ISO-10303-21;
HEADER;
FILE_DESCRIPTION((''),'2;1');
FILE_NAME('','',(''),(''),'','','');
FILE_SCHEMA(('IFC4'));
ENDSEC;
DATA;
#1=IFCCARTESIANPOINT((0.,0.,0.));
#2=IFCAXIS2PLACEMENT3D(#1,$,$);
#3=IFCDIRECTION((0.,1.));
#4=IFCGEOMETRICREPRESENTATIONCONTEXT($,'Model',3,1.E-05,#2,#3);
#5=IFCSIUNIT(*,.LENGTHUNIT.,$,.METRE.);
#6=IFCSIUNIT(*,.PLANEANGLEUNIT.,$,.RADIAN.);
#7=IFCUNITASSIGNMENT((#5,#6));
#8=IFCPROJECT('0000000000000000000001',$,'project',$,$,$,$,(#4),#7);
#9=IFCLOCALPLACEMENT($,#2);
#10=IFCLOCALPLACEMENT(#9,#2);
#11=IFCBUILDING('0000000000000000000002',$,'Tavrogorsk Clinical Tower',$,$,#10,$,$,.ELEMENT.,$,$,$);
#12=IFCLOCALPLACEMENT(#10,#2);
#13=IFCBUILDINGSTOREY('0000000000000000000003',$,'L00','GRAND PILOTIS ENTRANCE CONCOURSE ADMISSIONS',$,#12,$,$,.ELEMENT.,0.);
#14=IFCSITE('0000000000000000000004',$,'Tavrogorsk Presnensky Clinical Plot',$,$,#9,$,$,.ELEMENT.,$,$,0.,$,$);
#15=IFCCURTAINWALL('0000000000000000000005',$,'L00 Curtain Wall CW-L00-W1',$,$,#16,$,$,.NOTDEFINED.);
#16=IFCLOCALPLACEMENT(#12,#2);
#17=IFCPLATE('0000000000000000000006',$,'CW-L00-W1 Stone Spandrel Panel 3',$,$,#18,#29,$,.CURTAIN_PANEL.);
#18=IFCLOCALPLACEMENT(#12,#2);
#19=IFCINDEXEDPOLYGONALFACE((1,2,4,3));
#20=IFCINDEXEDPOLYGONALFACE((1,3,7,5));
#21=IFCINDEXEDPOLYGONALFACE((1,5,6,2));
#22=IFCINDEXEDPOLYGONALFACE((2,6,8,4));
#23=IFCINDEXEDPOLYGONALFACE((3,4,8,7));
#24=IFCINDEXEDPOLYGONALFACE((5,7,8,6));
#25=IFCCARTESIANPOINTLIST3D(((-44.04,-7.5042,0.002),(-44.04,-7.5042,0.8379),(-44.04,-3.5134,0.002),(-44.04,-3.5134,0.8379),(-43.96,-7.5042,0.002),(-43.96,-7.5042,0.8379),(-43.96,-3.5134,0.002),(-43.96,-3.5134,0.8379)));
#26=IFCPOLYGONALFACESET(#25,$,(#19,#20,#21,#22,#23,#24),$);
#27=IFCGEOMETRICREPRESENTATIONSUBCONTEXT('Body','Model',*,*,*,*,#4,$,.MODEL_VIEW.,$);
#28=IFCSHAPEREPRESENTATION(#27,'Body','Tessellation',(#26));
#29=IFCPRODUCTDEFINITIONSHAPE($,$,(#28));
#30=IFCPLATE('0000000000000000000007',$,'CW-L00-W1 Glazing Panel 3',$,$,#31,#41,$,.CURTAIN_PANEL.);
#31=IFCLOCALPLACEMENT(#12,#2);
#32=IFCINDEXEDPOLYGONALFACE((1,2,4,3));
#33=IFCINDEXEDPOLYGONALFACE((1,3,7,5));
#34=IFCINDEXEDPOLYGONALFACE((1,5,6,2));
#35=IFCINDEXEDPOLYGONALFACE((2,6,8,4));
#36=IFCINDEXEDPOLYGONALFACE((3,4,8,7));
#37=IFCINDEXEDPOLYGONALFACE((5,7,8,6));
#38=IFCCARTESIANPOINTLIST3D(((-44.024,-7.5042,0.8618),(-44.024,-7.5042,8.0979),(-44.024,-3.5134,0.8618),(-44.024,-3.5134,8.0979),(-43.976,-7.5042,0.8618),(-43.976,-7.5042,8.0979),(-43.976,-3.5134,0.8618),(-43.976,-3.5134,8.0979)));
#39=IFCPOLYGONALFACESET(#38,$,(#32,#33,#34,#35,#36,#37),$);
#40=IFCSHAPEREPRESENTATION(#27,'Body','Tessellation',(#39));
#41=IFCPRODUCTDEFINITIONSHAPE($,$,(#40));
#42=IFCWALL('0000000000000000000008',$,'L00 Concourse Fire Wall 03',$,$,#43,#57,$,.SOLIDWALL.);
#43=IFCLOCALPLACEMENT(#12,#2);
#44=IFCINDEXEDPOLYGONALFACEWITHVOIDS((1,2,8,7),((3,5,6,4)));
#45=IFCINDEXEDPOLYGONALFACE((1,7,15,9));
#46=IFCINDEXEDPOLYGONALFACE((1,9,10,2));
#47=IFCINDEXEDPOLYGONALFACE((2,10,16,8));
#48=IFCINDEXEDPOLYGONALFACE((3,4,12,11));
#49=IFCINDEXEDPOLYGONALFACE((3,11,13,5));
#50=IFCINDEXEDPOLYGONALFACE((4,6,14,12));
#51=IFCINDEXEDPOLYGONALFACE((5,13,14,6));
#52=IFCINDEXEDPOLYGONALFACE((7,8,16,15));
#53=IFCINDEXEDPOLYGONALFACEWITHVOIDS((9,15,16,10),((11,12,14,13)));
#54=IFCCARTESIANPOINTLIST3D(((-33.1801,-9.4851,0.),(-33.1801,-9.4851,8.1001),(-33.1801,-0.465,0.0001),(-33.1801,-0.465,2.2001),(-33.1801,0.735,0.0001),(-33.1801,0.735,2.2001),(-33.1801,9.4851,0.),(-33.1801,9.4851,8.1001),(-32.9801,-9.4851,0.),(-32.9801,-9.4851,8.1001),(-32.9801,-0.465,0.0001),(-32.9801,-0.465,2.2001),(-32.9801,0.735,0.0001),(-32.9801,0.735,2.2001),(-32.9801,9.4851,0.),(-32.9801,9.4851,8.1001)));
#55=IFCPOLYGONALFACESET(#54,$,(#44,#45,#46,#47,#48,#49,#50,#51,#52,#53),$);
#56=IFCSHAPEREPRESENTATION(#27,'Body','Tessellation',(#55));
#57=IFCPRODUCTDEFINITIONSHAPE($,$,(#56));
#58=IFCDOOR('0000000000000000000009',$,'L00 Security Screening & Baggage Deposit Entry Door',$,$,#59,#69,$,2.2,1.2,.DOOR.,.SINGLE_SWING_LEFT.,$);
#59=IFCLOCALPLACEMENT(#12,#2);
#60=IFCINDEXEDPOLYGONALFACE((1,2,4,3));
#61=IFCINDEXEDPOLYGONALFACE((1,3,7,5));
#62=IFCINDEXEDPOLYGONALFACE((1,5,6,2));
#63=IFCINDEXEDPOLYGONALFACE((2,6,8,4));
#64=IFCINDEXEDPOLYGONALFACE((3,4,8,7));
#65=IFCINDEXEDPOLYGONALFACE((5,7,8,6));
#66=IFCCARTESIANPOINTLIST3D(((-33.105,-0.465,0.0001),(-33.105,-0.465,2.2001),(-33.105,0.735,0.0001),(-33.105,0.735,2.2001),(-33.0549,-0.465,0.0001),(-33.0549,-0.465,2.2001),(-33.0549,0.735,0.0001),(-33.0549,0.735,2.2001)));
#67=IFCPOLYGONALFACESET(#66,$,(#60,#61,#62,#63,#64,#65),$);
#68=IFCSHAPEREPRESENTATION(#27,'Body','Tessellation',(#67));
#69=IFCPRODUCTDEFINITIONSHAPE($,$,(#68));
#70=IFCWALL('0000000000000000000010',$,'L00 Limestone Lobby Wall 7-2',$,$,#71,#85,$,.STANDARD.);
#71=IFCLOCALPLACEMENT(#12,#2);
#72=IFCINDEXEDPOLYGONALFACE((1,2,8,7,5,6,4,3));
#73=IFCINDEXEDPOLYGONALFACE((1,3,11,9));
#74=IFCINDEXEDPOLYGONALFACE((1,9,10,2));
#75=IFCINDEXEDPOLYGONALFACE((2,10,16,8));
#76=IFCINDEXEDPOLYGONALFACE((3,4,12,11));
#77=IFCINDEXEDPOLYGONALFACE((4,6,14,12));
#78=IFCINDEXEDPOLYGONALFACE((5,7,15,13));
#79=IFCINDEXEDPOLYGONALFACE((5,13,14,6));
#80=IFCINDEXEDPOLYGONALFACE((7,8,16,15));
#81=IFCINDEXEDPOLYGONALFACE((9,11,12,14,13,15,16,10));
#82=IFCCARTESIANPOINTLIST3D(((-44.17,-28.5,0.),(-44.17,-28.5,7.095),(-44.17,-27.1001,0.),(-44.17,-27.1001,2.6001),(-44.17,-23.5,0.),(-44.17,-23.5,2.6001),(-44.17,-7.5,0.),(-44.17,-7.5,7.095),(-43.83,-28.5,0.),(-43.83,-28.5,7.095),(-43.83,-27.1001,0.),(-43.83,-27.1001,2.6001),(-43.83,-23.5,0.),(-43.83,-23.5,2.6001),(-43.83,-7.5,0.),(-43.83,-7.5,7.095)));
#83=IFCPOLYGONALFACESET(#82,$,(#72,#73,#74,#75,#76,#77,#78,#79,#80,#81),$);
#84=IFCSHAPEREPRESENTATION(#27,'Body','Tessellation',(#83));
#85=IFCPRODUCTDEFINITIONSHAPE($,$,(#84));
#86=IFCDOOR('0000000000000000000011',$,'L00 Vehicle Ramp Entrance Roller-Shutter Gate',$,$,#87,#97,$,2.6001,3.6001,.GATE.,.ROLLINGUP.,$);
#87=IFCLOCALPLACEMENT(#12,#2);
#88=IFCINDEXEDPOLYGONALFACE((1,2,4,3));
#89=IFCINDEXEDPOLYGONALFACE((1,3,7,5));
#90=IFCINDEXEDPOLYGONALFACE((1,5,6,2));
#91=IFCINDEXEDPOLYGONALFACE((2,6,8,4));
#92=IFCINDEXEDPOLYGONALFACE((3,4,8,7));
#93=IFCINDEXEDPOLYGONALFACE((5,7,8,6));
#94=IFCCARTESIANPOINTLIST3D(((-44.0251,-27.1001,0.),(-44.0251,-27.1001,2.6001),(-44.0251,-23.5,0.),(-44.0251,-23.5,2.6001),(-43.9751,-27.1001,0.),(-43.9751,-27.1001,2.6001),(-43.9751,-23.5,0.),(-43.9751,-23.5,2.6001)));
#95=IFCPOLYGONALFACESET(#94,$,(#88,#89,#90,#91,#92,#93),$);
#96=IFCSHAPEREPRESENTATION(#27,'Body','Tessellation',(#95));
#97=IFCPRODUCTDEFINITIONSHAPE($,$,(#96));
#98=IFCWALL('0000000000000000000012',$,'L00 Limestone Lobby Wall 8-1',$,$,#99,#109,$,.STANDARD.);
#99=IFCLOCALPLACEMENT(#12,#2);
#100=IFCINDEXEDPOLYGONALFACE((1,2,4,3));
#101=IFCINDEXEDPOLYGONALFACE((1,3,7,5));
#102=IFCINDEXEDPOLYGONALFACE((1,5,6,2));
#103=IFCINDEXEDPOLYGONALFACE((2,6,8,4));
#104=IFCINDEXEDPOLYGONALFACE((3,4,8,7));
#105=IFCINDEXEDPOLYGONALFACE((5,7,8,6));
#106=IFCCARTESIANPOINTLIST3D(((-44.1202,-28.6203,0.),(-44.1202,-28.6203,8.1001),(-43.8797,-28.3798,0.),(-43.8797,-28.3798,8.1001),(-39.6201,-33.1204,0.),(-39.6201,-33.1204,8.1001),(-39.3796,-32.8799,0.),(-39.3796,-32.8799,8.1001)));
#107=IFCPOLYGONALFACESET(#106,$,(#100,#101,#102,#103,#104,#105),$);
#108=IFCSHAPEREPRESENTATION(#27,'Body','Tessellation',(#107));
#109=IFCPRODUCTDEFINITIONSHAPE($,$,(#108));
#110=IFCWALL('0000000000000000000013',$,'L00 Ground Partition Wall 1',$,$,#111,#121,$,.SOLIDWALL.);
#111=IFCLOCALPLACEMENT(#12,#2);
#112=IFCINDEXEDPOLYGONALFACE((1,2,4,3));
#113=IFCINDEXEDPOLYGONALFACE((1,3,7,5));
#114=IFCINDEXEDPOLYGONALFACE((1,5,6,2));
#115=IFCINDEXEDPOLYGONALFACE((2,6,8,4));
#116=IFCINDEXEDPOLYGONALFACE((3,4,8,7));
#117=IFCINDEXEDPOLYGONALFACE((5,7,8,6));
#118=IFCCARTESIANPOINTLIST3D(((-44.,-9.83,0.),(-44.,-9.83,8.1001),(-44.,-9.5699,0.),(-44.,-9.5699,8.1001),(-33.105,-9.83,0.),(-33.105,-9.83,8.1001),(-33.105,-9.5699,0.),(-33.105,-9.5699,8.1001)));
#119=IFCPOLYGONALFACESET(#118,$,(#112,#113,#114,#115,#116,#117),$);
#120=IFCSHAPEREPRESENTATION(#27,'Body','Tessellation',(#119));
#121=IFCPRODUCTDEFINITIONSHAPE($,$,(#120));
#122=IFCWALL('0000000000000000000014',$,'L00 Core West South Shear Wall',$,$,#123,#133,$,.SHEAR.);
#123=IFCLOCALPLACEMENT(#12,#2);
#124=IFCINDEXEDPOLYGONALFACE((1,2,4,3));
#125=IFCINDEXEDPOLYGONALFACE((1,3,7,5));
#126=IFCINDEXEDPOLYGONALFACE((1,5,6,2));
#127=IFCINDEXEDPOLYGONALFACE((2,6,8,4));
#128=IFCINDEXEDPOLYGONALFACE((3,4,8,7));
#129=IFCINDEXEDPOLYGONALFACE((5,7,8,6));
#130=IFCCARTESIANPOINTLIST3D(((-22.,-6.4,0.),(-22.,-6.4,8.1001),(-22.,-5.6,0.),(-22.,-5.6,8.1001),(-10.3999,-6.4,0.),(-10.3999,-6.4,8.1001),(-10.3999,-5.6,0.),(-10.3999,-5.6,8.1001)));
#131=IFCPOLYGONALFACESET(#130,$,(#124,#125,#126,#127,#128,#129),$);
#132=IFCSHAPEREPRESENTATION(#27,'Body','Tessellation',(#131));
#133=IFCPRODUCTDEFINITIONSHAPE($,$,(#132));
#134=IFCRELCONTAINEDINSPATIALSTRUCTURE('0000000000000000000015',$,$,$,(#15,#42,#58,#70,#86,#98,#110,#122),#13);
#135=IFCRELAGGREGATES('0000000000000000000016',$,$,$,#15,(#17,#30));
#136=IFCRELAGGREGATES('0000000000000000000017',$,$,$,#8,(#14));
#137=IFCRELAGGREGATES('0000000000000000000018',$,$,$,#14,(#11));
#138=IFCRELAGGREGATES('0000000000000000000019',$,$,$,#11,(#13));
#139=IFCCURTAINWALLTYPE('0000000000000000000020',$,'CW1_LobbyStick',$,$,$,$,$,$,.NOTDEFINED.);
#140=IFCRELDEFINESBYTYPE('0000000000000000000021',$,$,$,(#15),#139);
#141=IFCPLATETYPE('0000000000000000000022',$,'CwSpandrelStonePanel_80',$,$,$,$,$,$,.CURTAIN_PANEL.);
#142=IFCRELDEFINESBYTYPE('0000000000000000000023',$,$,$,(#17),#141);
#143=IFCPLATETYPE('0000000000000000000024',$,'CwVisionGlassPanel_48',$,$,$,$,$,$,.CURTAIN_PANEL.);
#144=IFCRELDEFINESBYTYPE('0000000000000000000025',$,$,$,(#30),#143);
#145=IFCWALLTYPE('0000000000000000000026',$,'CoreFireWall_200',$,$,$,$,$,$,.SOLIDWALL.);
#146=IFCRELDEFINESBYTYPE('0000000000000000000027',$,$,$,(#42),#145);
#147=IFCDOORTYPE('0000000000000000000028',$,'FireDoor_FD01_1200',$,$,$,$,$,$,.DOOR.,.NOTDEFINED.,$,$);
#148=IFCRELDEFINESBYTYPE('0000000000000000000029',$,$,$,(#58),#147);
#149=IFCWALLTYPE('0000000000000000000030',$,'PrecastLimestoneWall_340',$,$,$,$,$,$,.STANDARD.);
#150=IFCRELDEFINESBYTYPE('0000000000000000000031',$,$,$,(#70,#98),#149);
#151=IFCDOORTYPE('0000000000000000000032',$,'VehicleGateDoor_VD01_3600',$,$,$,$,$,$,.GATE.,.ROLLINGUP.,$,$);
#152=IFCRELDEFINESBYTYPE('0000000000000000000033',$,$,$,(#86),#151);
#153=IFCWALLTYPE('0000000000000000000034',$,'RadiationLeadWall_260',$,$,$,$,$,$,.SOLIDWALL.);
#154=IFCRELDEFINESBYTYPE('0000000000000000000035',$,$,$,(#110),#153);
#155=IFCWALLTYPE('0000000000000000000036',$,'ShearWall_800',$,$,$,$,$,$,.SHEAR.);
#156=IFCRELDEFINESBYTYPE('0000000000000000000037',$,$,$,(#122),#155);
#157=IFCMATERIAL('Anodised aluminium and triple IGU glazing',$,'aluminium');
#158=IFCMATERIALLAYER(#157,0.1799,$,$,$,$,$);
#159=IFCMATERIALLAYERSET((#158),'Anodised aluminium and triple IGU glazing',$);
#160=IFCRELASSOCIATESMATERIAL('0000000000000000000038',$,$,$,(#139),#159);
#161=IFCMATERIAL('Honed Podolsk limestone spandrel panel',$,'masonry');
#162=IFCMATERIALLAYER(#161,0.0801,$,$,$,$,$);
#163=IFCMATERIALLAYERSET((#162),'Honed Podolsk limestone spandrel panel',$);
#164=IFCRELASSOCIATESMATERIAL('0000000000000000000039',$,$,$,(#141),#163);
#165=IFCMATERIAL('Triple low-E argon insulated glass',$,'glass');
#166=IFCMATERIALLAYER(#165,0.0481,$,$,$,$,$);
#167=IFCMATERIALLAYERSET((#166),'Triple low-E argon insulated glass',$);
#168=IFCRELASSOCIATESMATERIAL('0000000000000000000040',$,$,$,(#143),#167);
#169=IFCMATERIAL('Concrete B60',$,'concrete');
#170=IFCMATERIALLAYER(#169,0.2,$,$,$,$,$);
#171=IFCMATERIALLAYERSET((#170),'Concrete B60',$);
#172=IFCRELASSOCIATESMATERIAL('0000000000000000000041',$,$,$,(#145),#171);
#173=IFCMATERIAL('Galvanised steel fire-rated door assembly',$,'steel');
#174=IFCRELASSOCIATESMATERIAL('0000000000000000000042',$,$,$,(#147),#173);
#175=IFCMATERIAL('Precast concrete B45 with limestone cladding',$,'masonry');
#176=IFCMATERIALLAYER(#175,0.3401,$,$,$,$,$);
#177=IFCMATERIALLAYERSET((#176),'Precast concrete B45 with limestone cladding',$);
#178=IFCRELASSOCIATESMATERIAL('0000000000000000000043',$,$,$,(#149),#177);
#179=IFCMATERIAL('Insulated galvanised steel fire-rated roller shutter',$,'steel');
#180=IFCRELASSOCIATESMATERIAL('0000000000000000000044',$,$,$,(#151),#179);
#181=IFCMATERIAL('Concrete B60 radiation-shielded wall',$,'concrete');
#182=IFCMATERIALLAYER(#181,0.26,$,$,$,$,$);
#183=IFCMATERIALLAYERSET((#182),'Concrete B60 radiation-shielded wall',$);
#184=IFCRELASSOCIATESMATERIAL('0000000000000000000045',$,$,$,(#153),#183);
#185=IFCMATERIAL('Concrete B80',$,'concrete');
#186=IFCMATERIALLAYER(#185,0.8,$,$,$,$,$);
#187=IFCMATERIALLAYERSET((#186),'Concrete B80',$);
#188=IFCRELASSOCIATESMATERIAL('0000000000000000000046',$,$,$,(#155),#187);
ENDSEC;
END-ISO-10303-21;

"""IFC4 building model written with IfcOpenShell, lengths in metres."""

from ifc_helpers import new_model, si_unit, direction, frame, frame_2d, origin, origin_2d, place, context, subcontext, project, spatial, rectangle, extrude, material, layer, layer_set, type_object, element, fill, aggregate, save


model = new_model("IFC4")

# Units and contexts
model_context = context("Model", 3, precision=1e-05, world=origin(), true_north=direction((0.0, 1.0)))
body_context = subcontext(model_context, "Body", "Model", "MODEL_VIEW")
ifc_project = project(units=[si_unit("LENGTHUNIT", "METRE"), si_unit("PLANEANGLEUNIT", "RADIAN")], contexts=[model_context])

# Site, building, storey
site_placement = place(None, origin())
site = spatial("IfcSite", under=ifc_project, at=site_placement, Name="Tavrogorsk Presnensky Clinical Plot", CompositionType="ELEMENT", RefElevation=0.0)
building_placement = place(site_placement, origin())
building = spatial("IfcBuilding", under=site, at=building_placement, Name="Tavrogorsk Clinical Tower", CompositionType="ELEMENT")
storey_placement = place(building_placement, origin())
storey = spatial("IfcBuildingStorey", under=building, at=storey_placement, Name="L00", Description="GRAND PILOTIS ENTRANCE CONCOURSE ADMISSIONS", CompositionType="ELEMENT", Elevation=0.0)

# Curtain wall
ifc_material_1 = material(Name="Anodised aluminium and triple IGU glazing", Category="aluminium")
ifc_layer_1 = layer(ifc_material_1, 0.1799)
ifc_layer_set_1 = layer_set([ifc_layer_1], Name="Anodised aluminium and triple IGU glazing")
curtain_wall_type = type_object("IfcCurtainWallType", Name="CW1_LobbyStick", PredefinedType="NOTDEFINED", material=ifc_layer_set_1)
curtain_wall_placement = place(storey_placement, origin())
curtain_wall = element("IfcCurtainWall", 1, at=curtain_wall_placement, inside=storey, type_object=curtain_wall_type, Name="L00 Curtain Wall CW-L00-W1", PredefinedType="NOTDEFINED")

# Plates
ifc_material_2 = material(Name="Honed Podolsk limestone spandrel panel", Category="masonry")
ifc_layer_2 = layer(ifc_material_2, 0.0801)
ifc_layer_set_2 = layer_set([ifc_layer_2], Name="Honed Podolsk limestone spandrel panel")
plate_type_1 = type_object("IfcPlateType", Name="CwSpandrelStonePanel_80", PredefinedType="CURTAIN_PANEL", material=ifc_layer_set_2)
plate_1_placement = place(storey_placement, frame((-44.0, -5.5088, 0.002), z_axis=(0.0, 0.0, 1.0), x_axis=(0.0, -1.0, 0.0)))
plate_1 = element("IfcPlate", 2, at=plate_1_placement, type_object=plate_type_1, Name="CW-L00-W1 Stone Spandrel Panel 3", PredefinedType="CURTAIN_PANEL", context=body_context, shape_type="SweptSolid", body=[
    extrude(rectangle(XDim=3.9907, YDim=0.0801, at=origin_2d()), origin(), (0.0, 0.0, 1.0), 0.8359),
])
ifc_material_3 = material(Name="Triple low-E argon insulated glass", Category="glass")
ifc_layer_3 = layer(ifc_material_3, 0.0481)
ifc_layer_set_3 = layer_set([ifc_layer_3], Name="Triple low-E argon insulated glass")
plate_type_2 = type_object("IfcPlateType", Name="CwVisionGlassPanel_48", PredefinedType="CURTAIN_PANEL", material=ifc_layer_set_3)
plate_2_placement = place(storey_placement, frame((-44.0, -5.5088, 0.8618), z_axis=(0.0, 0.0, 1.0), x_axis=(0.0, -1.0, 0.0)))
plate_2 = element("IfcPlate", 3, at=plate_2_placement, type_object=plate_type_2, Name="CW-L00-W1 Glazing Panel 3", PredefinedType="CURTAIN_PANEL", context=body_context, shape_type="SweptSolid", body=[
    extrude(rectangle(XDim=3.9907, YDim=0.0481, at=origin_2d()), origin(), (0.0, 0.0, 1.0), 7.2361),
])
aggregate(curtain_wall, [plate_1, plate_2])

# Walls, openings, doors
ifc_material_4 = material(Name="Concrete B60", Category="concrete")
ifc_layer_4 = layer(ifc_material_4, 0.2)
ifc_layer_set_4 = layer_set([ifc_layer_4], Name="Concrete B60")
wall_type_1 = type_object("IfcWallType", Name="CoreFireWall_200", PredefinedType="SOLIDWALL", material=ifc_layer_set_4)
wall_1_placement = place(storey_placement, frame((-33.0801, -9.4851, 0.0), z_axis=(0.0, 0.0, 1.0), x_axis=(0.0, 1.0, 0.0)))
wall_1 = element("IfcWall", 4, at=wall_1_placement, inside=storey, type_object=wall_type_1, Name="L00 Concourse Fire Wall 03", PredefinedType="SOLIDWALL", context=body_context, shape_type="SweptSolid", body=[
    extrude(rectangle(XDim=18.9702, YDim=0.2, at=frame_2d((9.4851, 0.0))), origin(), (0.0, 0.0, 1.0), 8.1001),
])
opening_1_placement = place(wall_1_placement, frame((9.02, 0.0, 0.0)))
opening_1 = element("IfcOpeningElement", 5, at=opening_1_placement, cuts=wall_1, PredefinedType="OPENING", context=body_context, shape_type="SweptSolid", body=[
    extrude(rectangle(XDim=1.2, YDim=2.2, at=frame_2d((0.6001, 1.1001))), frame((0.0, 0.1099, 0.0), z_axis=(0.0, -1.0, 0.0), x_axis=(1.0, 0.0, 0.0)), (0.0, 0.0, 1.0), 0.22),
])
ifc_material_5 = material(Name="Galvanised steel fire-rated door assembly", Category="steel")
door_type_1 = type_object("IfcDoorType", Name="FireDoor_FD01_1200", OperationType="NOTDEFINED", PredefinedType="DOOR", material=ifc_material_5)
door_1_placement = place(opening_1_placement, origin())
door_1 = element("IfcDoor", 6, at=door_1_placement, inside=storey, type_object=door_type_1, Name="L00 Security Screening & Baggage Deposit Entry Door", OperationType="SINGLE_SWING_LEFT", OverallHeight=2.2, OverallWidth=1.2, PredefinedType="DOOR", context=body_context, shape_type="SweptSolid", body=[
    extrude(rectangle(XDim=1.2, YDim=2.2, at=frame_2d((0.6001, 1.1001))), frame((0.0, 0.0249, 0.0), z_axis=(0.0, -1.0, 0.0), x_axis=(1.0, 0.0, 0.0)), (0.0, 0.0, 1.0), 0.05),
])
fill(opening_1, door_1)
ifc_material_6 = material(Name="Precast concrete B45 with limestone cladding", Category="masonry")
ifc_layer_5 = layer(ifc_material_6, 0.3401)
ifc_layer_set_5 = layer_set([ifc_layer_5], Name="Precast concrete B45 with limestone cladding")
wall_type_2 = type_object("IfcWallType", Name="PrecastLimestoneWall_340", PredefinedType="STANDARD", material=ifc_layer_set_5)
wall_2_placement = place(storey_placement, frame((-44.0, -7.5, 0.0), z_axis=(0.0, 0.0, 1.0), x_axis=(0.0, -1.0, 0.0)))
wall_2 = element("IfcWall", 7, at=wall_2_placement, inside=storey, type_object=wall_type_2, Name="L00 Limestone Lobby Wall 7-2", PredefinedType="STANDARD", context=body_context, shape_type="SweptSolid", body=[
    extrude(rectangle(XDim=21.0, YDim=0.3401, at=frame_2d((10.5, 0.0))), origin(), (0.0, 0.0, 1.0), 7.095),
])
opening_2_placement = place(wall_2_placement, frame((16.0, 0.0, 0.0)))
opening_2 = element("IfcOpeningElement", 8, at=opening_2_placement, cuts=wall_2, PredefinedType="OPENING", context=body_context, shape_type="SweptSolid", body=[
    extrude(rectangle(XDim=3.6001, YDim=2.6001, at=frame_2d((1.8, 1.3))), frame((0.0, 0.1799, 0.0), z_axis=(0.0, -1.0, 0.0), x_axis=(1.0, 0.0, 0.0)), (0.0, 0.0, 1.0), 0.3601),
])
ifc_material_7 = material(Name="Insulated galvanised steel fire-rated roller shutter", Category="steel")
door_type_2 = type_object("IfcDoorType", Name="VehicleGateDoor_VD01_3600", OperationType="ROLLINGUP", PredefinedType="GATE", material=ifc_material_7)
door_2_placement = place(opening_2_placement, origin())
door_2 = element("IfcDoor", 9, at=door_2_placement, inside=storey, type_object=door_type_2, Name="L00 Vehicle Ramp Entrance Roller-Shutter Gate", OperationType="ROLLINGUP", OverallHeight=2.6001, OverallWidth=3.6001, PredefinedType="GATE", context=body_context, shape_type="SweptSolid", body=[
    extrude(rectangle(XDim=3.6001, YDim=2.6001, at=frame_2d((1.8, 1.3))), frame((0.0, 0.0249, 0.0), z_axis=(0.0, -1.0, 0.0), x_axis=(1.0, 0.0, 0.0)), (0.0, 0.0, 1.0), 0.05),
])
fill(opening_2, door_2)

# Walls
wall_3_placement = place(storey_placement, frame((-44.0, -28.5, 0.0), z_axis=(0.0, 0.0, 1.0), x_axis=(0.707107, -0.707107, 0.0)))
element("IfcWall", 10, at=wall_3_placement, inside=storey, type_object=wall_type_2, Name="L00 Limestone Lobby Wall 8-1", PredefinedType="STANDARD", context=body_context, shape_type="SweptSolid", body=[
    extrude(rectangle(XDim=6.364, YDim=0.3401, at=frame_2d((3.1821, 0.0))), origin(), (0.0, 0.0, 1.0), 8.1001),
])
ifc_material_8 = material(Name="Concrete B60 radiation-shielded wall", Category="concrete")
ifc_layer_6 = layer(ifc_material_8, 0.26)
ifc_layer_set_6 = layer_set([ifc_layer_6], Name="Concrete B60 radiation-shielded wall")
wall_type_3 = type_object("IfcWallType", Name="RadiationLeadWall_260", PredefinedType="SOLIDWALL", material=ifc_layer_set_6)
wall_4_placement = place(storey_placement, frame((-44.0, -9.7, 0.0), z_axis=(0.0, 0.0, 1.0), x_axis=(1.0, 0.0, 0.0)))
element("IfcWall", 11, at=wall_4_placement, inside=storey, type_object=wall_type_3, Name="L00 Ground Partition Wall 1", PredefinedType="SOLIDWALL", context=body_context, shape_type="SweptSolid", body=[
    extrude(rectangle(XDim=10.895, YDim=0.26, at=frame_2d((5.4475, 0.0))), origin(), (0.0, 0.0, 1.0), 8.1001),
])
ifc_material_9 = material(Name="Concrete B80", Category="concrete")
ifc_layer_7 = layer(ifc_material_9, 0.8)
ifc_layer_set_7 = layer_set([ifc_layer_7], Name="Concrete B80")
wall_type_4 = type_object("IfcWallType", Name="ShearWall_800", PredefinedType="SHEAR", material=ifc_layer_set_7)
wall_5_placement = place(storey_placement, frame((-22.0, -6.0, 0.0), z_axis=(0.0, 0.0, 1.0), x_axis=(1.0, 0.0, 0.0)))
element("IfcWall", 12, at=wall_5_placement, inside=storey, type_object=wall_type_4, Name="L00 Core West South Shear Wall", PredefinedType="SHEAR", context=body_context, shape_type="SweptSolid", body=[
    extrude(rectangle(XDim=11.6001, YDim=0.8, at=frame_2d((5.8, 0.0))), origin(), (0.0, 0.0, 1.0), 8.1001),
])

save(model, "model.ifc")
